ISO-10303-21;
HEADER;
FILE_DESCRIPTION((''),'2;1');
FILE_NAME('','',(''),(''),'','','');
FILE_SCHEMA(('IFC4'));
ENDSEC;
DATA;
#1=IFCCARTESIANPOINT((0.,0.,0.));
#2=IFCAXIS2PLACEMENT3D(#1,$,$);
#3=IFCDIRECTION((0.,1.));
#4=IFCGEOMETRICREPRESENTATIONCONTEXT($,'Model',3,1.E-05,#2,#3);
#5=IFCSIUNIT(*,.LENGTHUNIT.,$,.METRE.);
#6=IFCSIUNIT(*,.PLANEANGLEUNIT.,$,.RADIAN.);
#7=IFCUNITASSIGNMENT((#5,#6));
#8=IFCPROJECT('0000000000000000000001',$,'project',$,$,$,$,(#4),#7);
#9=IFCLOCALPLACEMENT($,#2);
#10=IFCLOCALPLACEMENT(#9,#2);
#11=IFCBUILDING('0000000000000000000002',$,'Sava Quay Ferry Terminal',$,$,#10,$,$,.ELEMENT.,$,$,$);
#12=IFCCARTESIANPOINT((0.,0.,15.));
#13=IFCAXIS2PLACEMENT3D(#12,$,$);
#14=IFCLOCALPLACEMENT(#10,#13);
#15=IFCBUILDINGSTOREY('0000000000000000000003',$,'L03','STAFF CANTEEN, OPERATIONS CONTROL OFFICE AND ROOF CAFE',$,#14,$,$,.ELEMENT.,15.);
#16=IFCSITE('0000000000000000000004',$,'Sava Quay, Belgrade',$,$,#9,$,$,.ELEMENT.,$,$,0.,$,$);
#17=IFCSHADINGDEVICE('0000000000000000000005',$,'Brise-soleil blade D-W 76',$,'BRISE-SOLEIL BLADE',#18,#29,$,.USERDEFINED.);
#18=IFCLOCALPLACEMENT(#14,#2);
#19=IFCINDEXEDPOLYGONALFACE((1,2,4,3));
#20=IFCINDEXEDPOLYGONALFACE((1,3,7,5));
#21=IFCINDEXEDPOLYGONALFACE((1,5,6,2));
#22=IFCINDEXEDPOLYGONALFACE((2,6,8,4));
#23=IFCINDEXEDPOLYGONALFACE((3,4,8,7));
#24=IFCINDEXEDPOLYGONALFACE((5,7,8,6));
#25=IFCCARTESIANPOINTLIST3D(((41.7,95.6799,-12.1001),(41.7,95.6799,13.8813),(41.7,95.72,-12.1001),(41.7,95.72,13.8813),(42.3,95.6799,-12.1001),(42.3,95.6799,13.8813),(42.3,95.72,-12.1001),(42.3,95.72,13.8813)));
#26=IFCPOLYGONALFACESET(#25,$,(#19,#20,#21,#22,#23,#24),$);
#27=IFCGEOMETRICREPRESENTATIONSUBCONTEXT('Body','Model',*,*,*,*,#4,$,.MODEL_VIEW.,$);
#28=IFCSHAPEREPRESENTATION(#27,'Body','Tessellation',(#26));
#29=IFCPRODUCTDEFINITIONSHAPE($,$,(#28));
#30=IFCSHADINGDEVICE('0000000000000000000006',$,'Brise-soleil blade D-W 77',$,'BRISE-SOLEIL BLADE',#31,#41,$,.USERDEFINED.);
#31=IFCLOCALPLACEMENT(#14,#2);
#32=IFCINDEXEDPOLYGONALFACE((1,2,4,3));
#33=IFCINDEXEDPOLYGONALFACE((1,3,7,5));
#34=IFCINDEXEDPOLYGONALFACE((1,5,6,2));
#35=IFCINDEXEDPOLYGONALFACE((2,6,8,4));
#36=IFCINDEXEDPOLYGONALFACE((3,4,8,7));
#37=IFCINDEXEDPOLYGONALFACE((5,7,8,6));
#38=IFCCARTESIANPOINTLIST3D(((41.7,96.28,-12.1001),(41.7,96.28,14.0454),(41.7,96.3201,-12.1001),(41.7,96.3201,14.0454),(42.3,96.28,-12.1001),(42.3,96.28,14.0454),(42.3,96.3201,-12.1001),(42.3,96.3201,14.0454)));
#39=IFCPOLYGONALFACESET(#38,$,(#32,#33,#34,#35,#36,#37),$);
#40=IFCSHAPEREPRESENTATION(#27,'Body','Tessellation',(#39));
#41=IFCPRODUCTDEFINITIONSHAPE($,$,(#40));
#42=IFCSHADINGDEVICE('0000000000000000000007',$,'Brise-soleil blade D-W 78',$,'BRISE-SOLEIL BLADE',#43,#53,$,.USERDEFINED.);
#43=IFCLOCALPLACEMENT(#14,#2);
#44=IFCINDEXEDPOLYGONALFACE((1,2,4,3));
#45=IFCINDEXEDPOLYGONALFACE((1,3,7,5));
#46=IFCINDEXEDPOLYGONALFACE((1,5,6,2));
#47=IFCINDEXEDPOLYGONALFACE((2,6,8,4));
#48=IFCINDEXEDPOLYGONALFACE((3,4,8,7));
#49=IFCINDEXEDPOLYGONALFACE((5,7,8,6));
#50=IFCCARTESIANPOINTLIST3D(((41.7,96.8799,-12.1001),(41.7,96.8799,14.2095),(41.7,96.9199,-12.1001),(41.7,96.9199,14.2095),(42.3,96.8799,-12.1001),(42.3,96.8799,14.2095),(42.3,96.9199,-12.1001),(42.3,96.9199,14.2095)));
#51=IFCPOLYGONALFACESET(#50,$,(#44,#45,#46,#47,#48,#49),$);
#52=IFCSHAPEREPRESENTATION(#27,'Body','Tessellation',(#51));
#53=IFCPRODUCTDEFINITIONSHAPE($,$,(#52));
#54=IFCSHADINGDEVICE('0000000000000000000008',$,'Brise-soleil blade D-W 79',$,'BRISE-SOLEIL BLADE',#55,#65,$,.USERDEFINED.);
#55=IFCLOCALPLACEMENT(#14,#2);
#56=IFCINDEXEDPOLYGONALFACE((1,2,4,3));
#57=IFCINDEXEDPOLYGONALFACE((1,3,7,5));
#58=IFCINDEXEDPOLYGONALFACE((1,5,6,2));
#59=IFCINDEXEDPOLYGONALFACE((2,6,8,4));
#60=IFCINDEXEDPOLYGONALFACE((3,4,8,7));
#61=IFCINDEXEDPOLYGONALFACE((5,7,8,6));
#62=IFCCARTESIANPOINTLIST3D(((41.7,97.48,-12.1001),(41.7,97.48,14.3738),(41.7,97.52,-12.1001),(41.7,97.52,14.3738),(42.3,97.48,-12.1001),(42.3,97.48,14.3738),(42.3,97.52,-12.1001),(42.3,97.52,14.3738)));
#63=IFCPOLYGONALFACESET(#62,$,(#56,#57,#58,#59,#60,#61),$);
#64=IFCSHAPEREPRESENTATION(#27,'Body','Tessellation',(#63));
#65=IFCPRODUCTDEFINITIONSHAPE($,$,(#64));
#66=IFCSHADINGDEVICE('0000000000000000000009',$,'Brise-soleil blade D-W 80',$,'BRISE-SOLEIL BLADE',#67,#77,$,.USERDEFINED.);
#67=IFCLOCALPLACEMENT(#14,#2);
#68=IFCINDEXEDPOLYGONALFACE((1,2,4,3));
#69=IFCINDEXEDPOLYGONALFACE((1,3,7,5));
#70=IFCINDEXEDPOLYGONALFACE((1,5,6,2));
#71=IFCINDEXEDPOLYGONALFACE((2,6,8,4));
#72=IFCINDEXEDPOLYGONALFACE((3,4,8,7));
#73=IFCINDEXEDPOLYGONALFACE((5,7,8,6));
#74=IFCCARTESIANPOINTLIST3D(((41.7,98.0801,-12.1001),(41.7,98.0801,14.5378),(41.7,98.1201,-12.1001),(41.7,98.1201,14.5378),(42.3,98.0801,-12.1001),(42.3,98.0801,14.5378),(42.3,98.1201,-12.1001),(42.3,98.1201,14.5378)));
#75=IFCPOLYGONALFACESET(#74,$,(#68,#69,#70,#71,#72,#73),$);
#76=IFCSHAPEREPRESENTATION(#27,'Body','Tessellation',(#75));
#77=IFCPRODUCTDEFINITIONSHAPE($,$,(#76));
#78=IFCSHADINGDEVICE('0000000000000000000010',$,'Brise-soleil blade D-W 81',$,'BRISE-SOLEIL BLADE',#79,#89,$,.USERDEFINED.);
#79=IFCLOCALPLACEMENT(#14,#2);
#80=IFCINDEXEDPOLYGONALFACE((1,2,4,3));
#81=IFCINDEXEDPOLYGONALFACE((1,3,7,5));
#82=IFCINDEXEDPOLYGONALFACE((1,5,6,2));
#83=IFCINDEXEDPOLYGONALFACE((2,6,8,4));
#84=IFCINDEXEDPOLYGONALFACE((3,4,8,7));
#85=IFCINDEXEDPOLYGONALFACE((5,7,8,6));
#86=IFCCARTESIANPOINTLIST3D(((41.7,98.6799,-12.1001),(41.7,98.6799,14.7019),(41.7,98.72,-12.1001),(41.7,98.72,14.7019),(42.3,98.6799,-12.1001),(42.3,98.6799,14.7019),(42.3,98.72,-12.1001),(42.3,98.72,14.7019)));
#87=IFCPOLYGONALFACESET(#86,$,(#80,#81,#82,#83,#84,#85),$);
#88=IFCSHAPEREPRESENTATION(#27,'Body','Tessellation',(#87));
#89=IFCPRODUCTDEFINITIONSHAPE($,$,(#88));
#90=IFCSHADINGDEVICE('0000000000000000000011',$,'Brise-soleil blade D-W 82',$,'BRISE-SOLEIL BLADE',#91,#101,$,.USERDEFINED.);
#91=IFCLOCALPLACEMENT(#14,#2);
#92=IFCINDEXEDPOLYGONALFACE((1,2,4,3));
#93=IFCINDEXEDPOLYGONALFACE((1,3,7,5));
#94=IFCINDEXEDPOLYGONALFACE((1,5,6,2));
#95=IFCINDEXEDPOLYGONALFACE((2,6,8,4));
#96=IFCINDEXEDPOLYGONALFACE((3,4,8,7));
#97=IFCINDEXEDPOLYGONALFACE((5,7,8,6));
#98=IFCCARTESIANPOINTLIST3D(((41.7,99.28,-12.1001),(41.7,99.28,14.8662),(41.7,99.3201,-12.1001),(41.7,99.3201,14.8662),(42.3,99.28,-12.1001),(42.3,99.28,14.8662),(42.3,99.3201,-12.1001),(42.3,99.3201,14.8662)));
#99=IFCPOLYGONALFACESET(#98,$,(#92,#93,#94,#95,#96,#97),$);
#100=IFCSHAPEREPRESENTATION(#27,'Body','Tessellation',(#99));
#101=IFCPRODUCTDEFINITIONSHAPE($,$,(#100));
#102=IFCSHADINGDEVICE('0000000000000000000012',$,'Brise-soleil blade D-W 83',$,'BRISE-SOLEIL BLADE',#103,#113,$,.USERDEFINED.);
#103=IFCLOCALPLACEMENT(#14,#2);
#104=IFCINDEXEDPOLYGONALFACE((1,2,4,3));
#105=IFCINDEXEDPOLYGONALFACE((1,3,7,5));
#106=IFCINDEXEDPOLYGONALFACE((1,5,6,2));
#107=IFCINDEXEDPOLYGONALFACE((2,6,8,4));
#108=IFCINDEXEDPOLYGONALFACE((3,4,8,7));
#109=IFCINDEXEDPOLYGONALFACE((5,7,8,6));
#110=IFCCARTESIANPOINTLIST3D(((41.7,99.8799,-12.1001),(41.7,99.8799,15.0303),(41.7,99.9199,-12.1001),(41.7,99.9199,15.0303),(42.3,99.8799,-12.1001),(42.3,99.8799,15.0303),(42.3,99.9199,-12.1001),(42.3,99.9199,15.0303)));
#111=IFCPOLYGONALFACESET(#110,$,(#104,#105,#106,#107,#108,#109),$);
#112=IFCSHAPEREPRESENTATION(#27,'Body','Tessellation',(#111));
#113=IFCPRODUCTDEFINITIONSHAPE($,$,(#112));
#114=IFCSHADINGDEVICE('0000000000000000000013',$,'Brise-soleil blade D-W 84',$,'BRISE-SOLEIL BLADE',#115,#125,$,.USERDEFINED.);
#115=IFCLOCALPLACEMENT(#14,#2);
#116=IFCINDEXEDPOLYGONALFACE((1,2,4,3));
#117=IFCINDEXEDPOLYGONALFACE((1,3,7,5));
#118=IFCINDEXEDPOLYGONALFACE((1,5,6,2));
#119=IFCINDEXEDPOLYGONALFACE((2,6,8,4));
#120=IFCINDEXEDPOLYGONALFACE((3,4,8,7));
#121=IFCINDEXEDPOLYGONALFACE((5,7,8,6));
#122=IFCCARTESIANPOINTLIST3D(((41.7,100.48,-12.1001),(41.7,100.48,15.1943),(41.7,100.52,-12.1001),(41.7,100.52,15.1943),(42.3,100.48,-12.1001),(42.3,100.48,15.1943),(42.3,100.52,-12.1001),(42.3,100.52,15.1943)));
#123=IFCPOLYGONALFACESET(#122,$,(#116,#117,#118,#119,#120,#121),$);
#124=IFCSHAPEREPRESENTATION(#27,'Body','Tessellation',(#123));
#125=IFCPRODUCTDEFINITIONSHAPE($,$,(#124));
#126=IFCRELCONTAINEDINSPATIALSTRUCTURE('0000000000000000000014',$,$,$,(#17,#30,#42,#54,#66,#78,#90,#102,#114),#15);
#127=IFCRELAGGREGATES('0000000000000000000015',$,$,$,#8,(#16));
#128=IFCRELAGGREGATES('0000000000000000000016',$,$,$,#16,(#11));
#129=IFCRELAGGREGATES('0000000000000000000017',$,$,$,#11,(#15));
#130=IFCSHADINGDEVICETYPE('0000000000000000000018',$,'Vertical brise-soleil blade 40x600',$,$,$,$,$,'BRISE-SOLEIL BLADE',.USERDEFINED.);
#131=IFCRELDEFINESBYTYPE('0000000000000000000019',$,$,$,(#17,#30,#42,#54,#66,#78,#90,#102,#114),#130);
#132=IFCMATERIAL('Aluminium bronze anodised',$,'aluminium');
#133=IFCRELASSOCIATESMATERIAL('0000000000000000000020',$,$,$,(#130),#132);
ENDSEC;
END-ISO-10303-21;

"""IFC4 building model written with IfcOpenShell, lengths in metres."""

from ifc_helpers import new_model, si_unit, direction, frame, origin, origin_2d, place, context, subcontext, project, spatial, rectangle, extrude, material, material_profile, profile_set, type_object, element, save


model = new_model("IFC4")

# Units and contexts
model_context = context("Model", 3, precision=1e-05, world=origin(), true_north=direction((0.0, 1.0)))
body_context = subcontext(model_context, "Body", "Model", "MODEL_VIEW")
ifc_project = project(units=[si_unit("LENGTHUNIT", "METRE"), si_unit("PLANEANGLEUNIT", "RADIAN")], contexts=[model_context])

# Site, building, storey
site_placement = place(None, origin())
site = spatial("IfcSite", under=ifc_project, at=site_placement, Name="Sava Quay, Belgrade", CompositionType="ELEMENT", RefElevation=0.0)
building_placement = place(site_placement, origin())
building = spatial("IfcBuilding", under=site, at=building_placement, Name="Sava Quay Ferry Terminal", CompositionType="ELEMENT")
storey_placement = place(building_placement, frame((0.0, 0.0, 15.0)))
storey = spatial("IfcBuildingStorey", under=building, at=storey_placement, Name="L03", Description="STAFF CANTEEN, OPERATIONS CONTROL OFFICE AND ROOF CAFE", CompositionType="ELEMENT", Elevation=15.0)

# Shading devices
ifc_material_1 = material(Name="Aluminium bronze anodised", Category="aluminium")
ifc_material_profile_1 = material_profile(ifc_material_1, rectangle(XDim=0.04, YDim=0.6001, at=origin_2d()), Name="Vertical brise-soleil blade 40x600")
ifc_profile_set_1 = profile_set([ifc_material_profile_1], Name="Aluminium bronze anodised")
shading_device_type = type_object("IfcShadingDeviceType", Name="Vertical brise-soleil blade 40x600", ElementType="BRISE-SOLEIL BLADE", PredefinedType="USERDEFINED", material=ifc_profile_set_1)
shading_device_1_placement = place(storey_placement, frame((42.0, 95.7, -12.1001), z_axis=(0.0, 0.0, 1.0), x_axis=(0.0, 1.0, 0.0)))
element("IfcShadingDevice", 1, at=shading_device_1_placement, inside=storey, type_object=shading_device_type, Name="Brise-soleil blade D-W 76", ObjectType="BRISE-SOLEIL BLADE", PredefinedType="USERDEFINED", context=body_context, shape_type="SweptSolid", body=[
    extrude(rectangle(XDim=0.04, YDim=0.6001, at=origin_2d()), origin(), (0.0, 0.0, 1.0), 25.9814),
])
shading_device_2_placement = place(storey_placement, frame((42.0, 96.3, -12.1001), z_axis=(0.0, 0.0, 1.0), x_axis=(0.0, 1.0, 0.0)))
element("IfcShadingDevice", 2, at=shading_device_2_placement, inside=storey, type_object=shading_device_type, Name="Brise-soleil blade D-W 77", ObjectType="BRISE-SOLEIL BLADE", PredefinedType="USERDEFINED", context=body_context, shape_type="SweptSolid", body=[
    extrude(rectangle(XDim=0.04, YDim=0.6001, at=origin_2d()), origin(), (0.0, 0.0, 1.0), 26.1455),
])
shading_device_3_placement = place(storey_placement, frame((42.0, 96.8999, -12.1001), z_axis=(0.0, 0.0, 1.0), x_axis=(0.0, 1.0, 0.0)))
element("IfcShadingDevice", 3, at=shading_device_3_placement, inside=storey, type_object=shading_device_type, Name="Brise-soleil blade D-W 78", ObjectType="BRISE-SOLEIL BLADE", PredefinedType="USERDEFINED", context=body_context, shape_type="SweptSolid", body=[
    extrude(rectangle(XDim=0.04, YDim=0.6001, at=origin_2d()), origin(), (0.0, 0.0, 1.0), 26.3096),
])
shading_device_4_placement = place(storey_placement, frame((42.0, 97.5, -12.1001), z_axis=(0.0, 0.0, 1.0), x_axis=(0.0, 1.0, 0.0)))
element("IfcShadingDevice", 4, at=shading_device_4_placement, inside=storey, type_object=shading_device_type, Name="Brise-soleil blade D-W 79", ObjectType="BRISE-SOLEIL BLADE", PredefinedType="USERDEFINED", context=body_context, shape_type="SweptSolid", body=[
    extrude(rectangle(XDim=0.04, YDim=0.6001, at=origin_2d()), origin(), (0.0, 0.0, 1.0), 26.4739),
])
shading_device_5_placement = place(storey_placement, frame((42.0, 98.1001, -12.1001), z_axis=(0.0, 0.0, 1.0), x_axis=(0.0, 1.0, 0.0)))
element("IfcShadingDevice", 5, at=shading_device_5_placement, inside=storey, type_object=shading_device_type, Name="Brise-soleil blade D-W 80", ObjectType="BRISE-SOLEIL BLADE", PredefinedType="USERDEFINED", context=body_context, shape_type="SweptSolid", body=[
    extrude(rectangle(XDim=0.04, YDim=0.6001, at=origin_2d()), origin(), (0.0, 0.0, 1.0), 26.6379),
])
shading_device_6_placement = place(storey_placement, frame((42.0, 98.7, -12.1001), z_axis=(0.0, 0.0, 1.0), x_axis=(0.0, 1.0, 0.0)))
element("IfcShadingDevice", 6, at=shading_device_6_placement, inside=storey, type_object=shading_device_type, Name="Brise-soleil blade D-W 81", ObjectType="BRISE-SOLEIL BLADE", PredefinedType="USERDEFINED", context=body_context, shape_type="SweptSolid", body=[
    extrude(rectangle(XDim=0.04, YDim=0.6001, at=origin_2d()), origin(), (0.0, 0.0, 1.0), 26.802),
])
shading_device_7_placement = place(storey_placement, frame((42.0, 99.3, -12.1001), z_axis=(0.0, 0.0, 1.0), x_axis=(0.0, 1.0, 0.0)))
element("IfcShadingDevice", 7, at=shading_device_7_placement, inside=storey, type_object=shading_device_type, Name="Brise-soleil blade D-W 82", ObjectType="BRISE-SOLEIL BLADE", PredefinedType="USERDEFINED", context=body_context, shape_type="SweptSolid", body=[
    extrude(rectangle(XDim=0.04, YDim=0.6001, at=origin_2d()), origin(), (0.0, 0.0, 1.0), 26.9663),
])
shading_device_8_placement = place(storey_placement, frame((42.0, 99.8999, -12.1001), z_axis=(0.0, 0.0, 1.0), x_axis=(0.0, 1.0, 0.0)))
element("IfcShadingDevice", 8, at=shading_device_8_placement, inside=storey, type_object=shading_device_type, Name="Brise-soleil blade D-W 83", ObjectType="BRISE-SOLEIL BLADE", PredefinedType="USERDEFINED", context=body_context, shape_type="SweptSolid", body=[
    extrude(rectangle(XDim=0.04, YDim=0.6001, at=origin_2d()), origin(), (0.0, 0.0, 1.0), 27.1304),
])
shading_device_9_placement = place(storey_placement, frame((42.0, 100.5, -12.1001), z_axis=(0.0, 0.0, 1.0), x_axis=(0.0, 1.0, 0.0)))
element("IfcShadingDevice", 9, at=shading_device_9_placement, inside=storey, type_object=shading_device_type, Name="Brise-soleil blade D-W 84", ObjectType="BRISE-SOLEIL BLADE", PredefinedType="USERDEFINED", context=body_context, shape_type="SweptSolid", body=[
    extrude(rectangle(XDim=0.04, YDim=0.6001, at=origin_2d()), origin(), (0.0, 0.0, 1.0), 27.2944),
])

save(model, "model.ifc")
